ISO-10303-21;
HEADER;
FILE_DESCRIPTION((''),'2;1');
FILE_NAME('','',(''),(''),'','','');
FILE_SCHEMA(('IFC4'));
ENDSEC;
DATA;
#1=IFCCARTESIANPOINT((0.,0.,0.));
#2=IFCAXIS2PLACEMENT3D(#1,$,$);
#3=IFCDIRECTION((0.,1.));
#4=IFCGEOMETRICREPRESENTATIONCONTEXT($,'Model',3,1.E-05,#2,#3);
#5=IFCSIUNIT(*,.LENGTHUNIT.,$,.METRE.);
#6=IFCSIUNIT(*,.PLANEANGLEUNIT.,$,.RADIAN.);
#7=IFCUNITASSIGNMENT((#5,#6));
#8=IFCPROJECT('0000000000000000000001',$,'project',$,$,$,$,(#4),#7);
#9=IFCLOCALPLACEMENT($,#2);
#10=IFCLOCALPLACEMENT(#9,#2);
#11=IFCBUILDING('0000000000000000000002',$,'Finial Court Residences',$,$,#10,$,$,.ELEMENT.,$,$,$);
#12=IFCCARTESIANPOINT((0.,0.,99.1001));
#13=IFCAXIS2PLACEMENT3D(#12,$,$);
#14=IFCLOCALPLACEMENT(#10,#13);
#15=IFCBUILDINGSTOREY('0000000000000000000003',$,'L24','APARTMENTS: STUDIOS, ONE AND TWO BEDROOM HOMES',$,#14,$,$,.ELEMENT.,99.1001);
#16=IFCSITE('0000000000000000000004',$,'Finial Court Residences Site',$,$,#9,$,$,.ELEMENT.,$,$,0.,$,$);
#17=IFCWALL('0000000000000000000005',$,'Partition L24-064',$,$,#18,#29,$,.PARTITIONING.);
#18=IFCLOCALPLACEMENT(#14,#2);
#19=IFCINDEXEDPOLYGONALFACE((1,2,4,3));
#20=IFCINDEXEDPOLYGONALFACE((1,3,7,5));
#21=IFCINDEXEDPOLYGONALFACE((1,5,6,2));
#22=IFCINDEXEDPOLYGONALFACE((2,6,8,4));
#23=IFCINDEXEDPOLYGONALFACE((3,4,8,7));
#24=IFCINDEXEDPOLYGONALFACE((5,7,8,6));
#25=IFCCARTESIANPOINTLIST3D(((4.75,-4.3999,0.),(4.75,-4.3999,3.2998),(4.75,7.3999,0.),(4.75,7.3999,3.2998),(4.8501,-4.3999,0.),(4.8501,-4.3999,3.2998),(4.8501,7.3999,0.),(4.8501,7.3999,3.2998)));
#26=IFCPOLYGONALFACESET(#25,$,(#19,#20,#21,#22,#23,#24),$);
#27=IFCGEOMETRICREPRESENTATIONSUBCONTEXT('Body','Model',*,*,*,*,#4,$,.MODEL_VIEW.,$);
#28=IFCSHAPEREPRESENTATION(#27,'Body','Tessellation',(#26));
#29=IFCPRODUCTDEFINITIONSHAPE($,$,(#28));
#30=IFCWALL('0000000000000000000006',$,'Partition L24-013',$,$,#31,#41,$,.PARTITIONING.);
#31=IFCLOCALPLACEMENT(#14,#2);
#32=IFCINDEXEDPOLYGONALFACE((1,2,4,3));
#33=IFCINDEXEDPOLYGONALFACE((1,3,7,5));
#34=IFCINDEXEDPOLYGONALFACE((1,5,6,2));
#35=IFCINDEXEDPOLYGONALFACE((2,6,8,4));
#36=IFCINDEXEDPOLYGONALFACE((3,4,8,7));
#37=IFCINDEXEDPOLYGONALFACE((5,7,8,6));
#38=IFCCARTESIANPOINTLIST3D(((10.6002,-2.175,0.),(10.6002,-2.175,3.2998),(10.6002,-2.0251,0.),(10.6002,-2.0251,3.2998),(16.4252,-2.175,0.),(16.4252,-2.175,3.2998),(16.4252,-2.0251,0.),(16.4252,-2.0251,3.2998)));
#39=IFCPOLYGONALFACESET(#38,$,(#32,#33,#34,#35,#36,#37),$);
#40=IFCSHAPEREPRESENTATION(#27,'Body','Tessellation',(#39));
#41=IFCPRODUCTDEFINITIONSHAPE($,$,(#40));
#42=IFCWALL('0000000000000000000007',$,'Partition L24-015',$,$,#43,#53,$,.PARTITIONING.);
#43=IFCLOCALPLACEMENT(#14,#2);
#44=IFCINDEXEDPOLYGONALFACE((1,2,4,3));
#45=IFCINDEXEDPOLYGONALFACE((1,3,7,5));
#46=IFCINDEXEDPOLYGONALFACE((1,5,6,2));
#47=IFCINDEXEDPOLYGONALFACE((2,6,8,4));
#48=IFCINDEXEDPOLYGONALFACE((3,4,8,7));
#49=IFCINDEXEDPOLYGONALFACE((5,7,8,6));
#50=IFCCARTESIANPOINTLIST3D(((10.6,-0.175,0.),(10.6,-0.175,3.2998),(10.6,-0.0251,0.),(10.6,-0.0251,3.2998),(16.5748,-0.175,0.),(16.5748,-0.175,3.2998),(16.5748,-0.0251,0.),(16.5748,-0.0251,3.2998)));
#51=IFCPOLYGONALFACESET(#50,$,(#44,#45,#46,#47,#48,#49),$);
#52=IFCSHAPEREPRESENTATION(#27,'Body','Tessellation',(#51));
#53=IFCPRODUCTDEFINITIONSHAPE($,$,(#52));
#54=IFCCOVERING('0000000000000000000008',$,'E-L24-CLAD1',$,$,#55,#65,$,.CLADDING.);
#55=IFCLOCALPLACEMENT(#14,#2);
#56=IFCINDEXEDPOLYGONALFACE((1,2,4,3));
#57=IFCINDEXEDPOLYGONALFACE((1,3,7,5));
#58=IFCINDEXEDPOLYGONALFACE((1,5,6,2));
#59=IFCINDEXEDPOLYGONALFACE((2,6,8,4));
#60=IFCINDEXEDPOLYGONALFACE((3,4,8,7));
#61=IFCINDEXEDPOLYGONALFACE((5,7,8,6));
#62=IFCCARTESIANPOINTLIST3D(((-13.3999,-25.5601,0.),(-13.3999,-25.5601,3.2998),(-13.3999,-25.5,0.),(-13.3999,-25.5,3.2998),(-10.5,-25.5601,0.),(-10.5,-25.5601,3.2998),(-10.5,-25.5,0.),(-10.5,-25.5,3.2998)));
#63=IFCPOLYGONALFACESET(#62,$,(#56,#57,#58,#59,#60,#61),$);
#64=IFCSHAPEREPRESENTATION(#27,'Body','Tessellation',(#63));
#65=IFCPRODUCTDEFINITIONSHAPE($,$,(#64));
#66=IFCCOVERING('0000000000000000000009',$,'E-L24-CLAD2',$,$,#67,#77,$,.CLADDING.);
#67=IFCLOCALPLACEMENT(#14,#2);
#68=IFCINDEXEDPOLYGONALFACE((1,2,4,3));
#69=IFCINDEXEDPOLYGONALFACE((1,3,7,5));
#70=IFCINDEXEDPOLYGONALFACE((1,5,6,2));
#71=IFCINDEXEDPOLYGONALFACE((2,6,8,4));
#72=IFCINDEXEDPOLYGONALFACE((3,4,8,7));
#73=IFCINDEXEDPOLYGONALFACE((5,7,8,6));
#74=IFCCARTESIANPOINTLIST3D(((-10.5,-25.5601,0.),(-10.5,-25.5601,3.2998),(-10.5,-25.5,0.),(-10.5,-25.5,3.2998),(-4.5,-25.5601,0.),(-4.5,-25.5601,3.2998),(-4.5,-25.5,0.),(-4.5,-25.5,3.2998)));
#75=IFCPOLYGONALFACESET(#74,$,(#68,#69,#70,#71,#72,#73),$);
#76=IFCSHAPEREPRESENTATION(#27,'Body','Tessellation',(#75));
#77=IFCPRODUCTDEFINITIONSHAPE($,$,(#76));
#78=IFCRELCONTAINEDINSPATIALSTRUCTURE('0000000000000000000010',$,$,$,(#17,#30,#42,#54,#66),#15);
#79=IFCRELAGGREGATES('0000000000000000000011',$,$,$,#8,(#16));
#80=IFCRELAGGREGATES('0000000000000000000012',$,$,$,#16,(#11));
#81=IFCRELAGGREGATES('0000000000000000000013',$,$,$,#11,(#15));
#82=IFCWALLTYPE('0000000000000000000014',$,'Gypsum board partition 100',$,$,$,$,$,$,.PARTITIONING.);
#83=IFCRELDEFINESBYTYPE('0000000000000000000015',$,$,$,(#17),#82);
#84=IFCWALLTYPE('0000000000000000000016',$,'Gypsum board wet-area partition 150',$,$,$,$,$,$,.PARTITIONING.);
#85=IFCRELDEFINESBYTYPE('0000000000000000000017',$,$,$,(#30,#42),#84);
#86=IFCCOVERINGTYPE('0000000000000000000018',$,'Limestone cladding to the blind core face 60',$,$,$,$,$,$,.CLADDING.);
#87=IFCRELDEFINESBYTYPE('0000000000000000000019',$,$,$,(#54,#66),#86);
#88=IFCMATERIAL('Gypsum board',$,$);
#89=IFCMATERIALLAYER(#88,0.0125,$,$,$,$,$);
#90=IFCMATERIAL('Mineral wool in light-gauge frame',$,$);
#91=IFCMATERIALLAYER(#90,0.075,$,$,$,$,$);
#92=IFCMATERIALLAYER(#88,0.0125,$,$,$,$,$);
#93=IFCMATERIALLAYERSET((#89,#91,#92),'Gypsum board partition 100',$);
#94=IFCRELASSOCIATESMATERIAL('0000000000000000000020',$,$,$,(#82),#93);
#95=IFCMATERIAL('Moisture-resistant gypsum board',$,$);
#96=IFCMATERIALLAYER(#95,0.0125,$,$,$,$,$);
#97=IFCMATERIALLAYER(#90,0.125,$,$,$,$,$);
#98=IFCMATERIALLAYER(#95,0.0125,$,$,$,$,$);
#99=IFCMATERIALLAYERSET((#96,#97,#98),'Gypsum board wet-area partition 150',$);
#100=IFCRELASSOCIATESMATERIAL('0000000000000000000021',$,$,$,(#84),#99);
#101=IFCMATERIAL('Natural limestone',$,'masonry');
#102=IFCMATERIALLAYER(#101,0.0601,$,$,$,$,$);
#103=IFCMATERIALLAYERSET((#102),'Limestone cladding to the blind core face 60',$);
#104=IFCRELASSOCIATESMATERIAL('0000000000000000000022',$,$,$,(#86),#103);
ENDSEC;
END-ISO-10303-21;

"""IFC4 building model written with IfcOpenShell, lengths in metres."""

from ifc_helpers import new_model, si_unit, direction, frame, frame_2d, origin, place, context, subcontext, project, spatial, polyline, rectangle, outline, extrude, material, layer, layer_set, type_object, element, save


model = new_model("IFC4")

# Units and contexts
model_context = context("Model", 3, precision=1e-05, world=origin(), true_north=direction((0.0, 1.0)))
body_context = subcontext(model_context, "Body", "Model", "MODEL_VIEW")
ifc_project = project(units=[si_unit("LENGTHUNIT", "METRE"), si_unit("PLANEANGLEUNIT", "RADIAN")], contexts=[model_context])

# Site, building, storey
site_placement = place(None, origin())
site = spatial("IfcSite", under=ifc_project, at=site_placement, Name="Finial Court Residences Site", CompositionType="ELEMENT", RefElevation=0.0)
building_placement = place(site_placement, origin())
building = spatial("IfcBuilding", under=site, at=building_placement, Name="Finial Court Residences", CompositionType="ELEMENT")
storey_placement = place(building_placement, frame((0.0, 0.0, 99.1001)))
storey = spatial("IfcBuildingStorey", under=building, at=storey_placement, Name="L24", Description="APARTMENTS: STUDIOS, ONE AND TWO BEDROOM HOMES", CompositionType="ELEMENT", Elevation=99.1001)

# Shared definitions
ifc_material_1 = material(Name="Gypsum board")

# Walls
ifc_layer_1 = layer(ifc_material_1, 0.0125)
ifc_material_2 = material(Name="Mineral wool in light-gauge frame")
ifc_layer_2 = layer(ifc_material_2, 0.075)
ifc_layer_3 = layer(ifc_material_1, 0.0125)
ifc_layer_set_1 = layer_set([ifc_layer_1, ifc_layer_2, ifc_layer_3], Name="Gypsum board partition 100")
wall_type_1 = type_object("IfcWallType", Name="Gypsum board partition 100", PredefinedType="PARTITIONING", material=ifc_layer_set_1)
wall_1_placement = place(storey_placement, frame((4.8, -4.3999, 0.0), z_axis=(0.0, 0.0, 1.0), x_axis=(0.0, 1.0, 0.0)))
element("IfcWall", 1, at=wall_1_placement, inside=storey, type_object=wall_type_1, Name="Partition L24-064", PredefinedType="PARTITIONING", context=body_context, shape_type="SweptSolid", body=[
    extrude(rectangle(XDim=11.7998, YDim=0.1001, at=frame_2d((5.8999, 0.0))), origin(), (0.0, 0.0, 1.0), 3.2998),
])
ifc_material_3 = material(Name="Moisture-resistant gypsum board")
ifc_layer_4 = layer(ifc_material_3, 0.0125)
ifc_layer_5 = layer(ifc_material_2, 0.125)
ifc_layer_6 = layer(ifc_material_3, 0.0125)
ifc_layer_set_2 = layer_set([ifc_layer_4, ifc_layer_5, ifc_layer_6], Name="Gypsum board wet-area partition 150")
wall_type_2 = type_object("IfcWallType", Name="Gypsum board wet-area partition 150", PredefinedType="PARTITIONING", material=ifc_layer_set_2)
wall_2_placement = place(storey_placement, frame((10.6001, -2.1001, 0.0), z_axis=(0.0, 0.0, 1.0), x_axis=(1.0, 0.0, 0.0)))
element("IfcWall", 2, at=wall_2_placement, inside=storey, type_object=wall_type_2, Name="Partition L24-013", PredefinedType="PARTITIONING", context=body_context, shape_type="SweptSolid", body=[
    extrude(rectangle(XDim=5.825, YDim=0.1499, at=frame_2d((2.9126, 0.0))), origin(), (0.0, 0.0, 1.0), 3.2998),
])
wall_3_placement = place(storey_placement, frame((10.6001, -0.1001, 0.0), z_axis=(0.0, 0.0, 1.0), x_axis=(1.0, 0.0, 0.0)))
element("IfcWall", 3, at=wall_3_placement, inside=storey, type_object=wall_type_2, Name="Partition L24-015", PredefinedType="PARTITIONING", context=body_context, shape_type="SweptSolid", body=[
    extrude(rectangle(XDim=5.9749, YDim=0.1499, at=frame_2d((2.9873, 0.0))), origin(), (0.0, 0.0, 1.0), 3.2998),
])

# Coverings
ifc_material_4 = material(Name="Natural limestone", Category="masonry")
ifc_layer_7 = layer(ifc_material_4, 0.0601)
ifc_layer_set_3 = layer_set([ifc_layer_7], Name="Limestone cladding to the blind core face 60")
covering_type = type_object("IfcCoveringType", Name="Limestone cladding to the blind core face 60", PredefinedType="CLADDING", material=ifc_layer_set_3)
covering_1_placement = place(storey_placement, origin())
element("IfcCovering", 4, at=covering_1_placement, inside=storey, type_object=covering_type, Name="E-L24-CLAD1", PredefinedType="CLADDING", context=body_context, shape_type="SweptSolid", body=[
    extrude(outline(polyline([(-10.5, -25.5601), (-10.5, -25.5), (-13.3999, -25.5), (-13.3999, -25.5601), (-10.5, -25.5601)])), origin(), (0.0, 0.0, 1.0), 3.2998),
])
covering_2_placement = place(storey_placement, origin())
element("IfcCovering", 5, at=covering_2_placement, inside=storey, type_object=covering_type, Name="E-L24-CLAD2", PredefinedType="CLADDING", context=body_context, shape_type="SweptSolid", body=[
    extrude(outline(polyline([(-4.5, -25.5601), (-4.5, -25.5), (-10.5, -25.5), (-10.5, -25.5601), (-4.5, -25.5601)])), origin(), (0.0, 0.0, 1.0), 3.2998),
])

save(model, "model.ifc")
